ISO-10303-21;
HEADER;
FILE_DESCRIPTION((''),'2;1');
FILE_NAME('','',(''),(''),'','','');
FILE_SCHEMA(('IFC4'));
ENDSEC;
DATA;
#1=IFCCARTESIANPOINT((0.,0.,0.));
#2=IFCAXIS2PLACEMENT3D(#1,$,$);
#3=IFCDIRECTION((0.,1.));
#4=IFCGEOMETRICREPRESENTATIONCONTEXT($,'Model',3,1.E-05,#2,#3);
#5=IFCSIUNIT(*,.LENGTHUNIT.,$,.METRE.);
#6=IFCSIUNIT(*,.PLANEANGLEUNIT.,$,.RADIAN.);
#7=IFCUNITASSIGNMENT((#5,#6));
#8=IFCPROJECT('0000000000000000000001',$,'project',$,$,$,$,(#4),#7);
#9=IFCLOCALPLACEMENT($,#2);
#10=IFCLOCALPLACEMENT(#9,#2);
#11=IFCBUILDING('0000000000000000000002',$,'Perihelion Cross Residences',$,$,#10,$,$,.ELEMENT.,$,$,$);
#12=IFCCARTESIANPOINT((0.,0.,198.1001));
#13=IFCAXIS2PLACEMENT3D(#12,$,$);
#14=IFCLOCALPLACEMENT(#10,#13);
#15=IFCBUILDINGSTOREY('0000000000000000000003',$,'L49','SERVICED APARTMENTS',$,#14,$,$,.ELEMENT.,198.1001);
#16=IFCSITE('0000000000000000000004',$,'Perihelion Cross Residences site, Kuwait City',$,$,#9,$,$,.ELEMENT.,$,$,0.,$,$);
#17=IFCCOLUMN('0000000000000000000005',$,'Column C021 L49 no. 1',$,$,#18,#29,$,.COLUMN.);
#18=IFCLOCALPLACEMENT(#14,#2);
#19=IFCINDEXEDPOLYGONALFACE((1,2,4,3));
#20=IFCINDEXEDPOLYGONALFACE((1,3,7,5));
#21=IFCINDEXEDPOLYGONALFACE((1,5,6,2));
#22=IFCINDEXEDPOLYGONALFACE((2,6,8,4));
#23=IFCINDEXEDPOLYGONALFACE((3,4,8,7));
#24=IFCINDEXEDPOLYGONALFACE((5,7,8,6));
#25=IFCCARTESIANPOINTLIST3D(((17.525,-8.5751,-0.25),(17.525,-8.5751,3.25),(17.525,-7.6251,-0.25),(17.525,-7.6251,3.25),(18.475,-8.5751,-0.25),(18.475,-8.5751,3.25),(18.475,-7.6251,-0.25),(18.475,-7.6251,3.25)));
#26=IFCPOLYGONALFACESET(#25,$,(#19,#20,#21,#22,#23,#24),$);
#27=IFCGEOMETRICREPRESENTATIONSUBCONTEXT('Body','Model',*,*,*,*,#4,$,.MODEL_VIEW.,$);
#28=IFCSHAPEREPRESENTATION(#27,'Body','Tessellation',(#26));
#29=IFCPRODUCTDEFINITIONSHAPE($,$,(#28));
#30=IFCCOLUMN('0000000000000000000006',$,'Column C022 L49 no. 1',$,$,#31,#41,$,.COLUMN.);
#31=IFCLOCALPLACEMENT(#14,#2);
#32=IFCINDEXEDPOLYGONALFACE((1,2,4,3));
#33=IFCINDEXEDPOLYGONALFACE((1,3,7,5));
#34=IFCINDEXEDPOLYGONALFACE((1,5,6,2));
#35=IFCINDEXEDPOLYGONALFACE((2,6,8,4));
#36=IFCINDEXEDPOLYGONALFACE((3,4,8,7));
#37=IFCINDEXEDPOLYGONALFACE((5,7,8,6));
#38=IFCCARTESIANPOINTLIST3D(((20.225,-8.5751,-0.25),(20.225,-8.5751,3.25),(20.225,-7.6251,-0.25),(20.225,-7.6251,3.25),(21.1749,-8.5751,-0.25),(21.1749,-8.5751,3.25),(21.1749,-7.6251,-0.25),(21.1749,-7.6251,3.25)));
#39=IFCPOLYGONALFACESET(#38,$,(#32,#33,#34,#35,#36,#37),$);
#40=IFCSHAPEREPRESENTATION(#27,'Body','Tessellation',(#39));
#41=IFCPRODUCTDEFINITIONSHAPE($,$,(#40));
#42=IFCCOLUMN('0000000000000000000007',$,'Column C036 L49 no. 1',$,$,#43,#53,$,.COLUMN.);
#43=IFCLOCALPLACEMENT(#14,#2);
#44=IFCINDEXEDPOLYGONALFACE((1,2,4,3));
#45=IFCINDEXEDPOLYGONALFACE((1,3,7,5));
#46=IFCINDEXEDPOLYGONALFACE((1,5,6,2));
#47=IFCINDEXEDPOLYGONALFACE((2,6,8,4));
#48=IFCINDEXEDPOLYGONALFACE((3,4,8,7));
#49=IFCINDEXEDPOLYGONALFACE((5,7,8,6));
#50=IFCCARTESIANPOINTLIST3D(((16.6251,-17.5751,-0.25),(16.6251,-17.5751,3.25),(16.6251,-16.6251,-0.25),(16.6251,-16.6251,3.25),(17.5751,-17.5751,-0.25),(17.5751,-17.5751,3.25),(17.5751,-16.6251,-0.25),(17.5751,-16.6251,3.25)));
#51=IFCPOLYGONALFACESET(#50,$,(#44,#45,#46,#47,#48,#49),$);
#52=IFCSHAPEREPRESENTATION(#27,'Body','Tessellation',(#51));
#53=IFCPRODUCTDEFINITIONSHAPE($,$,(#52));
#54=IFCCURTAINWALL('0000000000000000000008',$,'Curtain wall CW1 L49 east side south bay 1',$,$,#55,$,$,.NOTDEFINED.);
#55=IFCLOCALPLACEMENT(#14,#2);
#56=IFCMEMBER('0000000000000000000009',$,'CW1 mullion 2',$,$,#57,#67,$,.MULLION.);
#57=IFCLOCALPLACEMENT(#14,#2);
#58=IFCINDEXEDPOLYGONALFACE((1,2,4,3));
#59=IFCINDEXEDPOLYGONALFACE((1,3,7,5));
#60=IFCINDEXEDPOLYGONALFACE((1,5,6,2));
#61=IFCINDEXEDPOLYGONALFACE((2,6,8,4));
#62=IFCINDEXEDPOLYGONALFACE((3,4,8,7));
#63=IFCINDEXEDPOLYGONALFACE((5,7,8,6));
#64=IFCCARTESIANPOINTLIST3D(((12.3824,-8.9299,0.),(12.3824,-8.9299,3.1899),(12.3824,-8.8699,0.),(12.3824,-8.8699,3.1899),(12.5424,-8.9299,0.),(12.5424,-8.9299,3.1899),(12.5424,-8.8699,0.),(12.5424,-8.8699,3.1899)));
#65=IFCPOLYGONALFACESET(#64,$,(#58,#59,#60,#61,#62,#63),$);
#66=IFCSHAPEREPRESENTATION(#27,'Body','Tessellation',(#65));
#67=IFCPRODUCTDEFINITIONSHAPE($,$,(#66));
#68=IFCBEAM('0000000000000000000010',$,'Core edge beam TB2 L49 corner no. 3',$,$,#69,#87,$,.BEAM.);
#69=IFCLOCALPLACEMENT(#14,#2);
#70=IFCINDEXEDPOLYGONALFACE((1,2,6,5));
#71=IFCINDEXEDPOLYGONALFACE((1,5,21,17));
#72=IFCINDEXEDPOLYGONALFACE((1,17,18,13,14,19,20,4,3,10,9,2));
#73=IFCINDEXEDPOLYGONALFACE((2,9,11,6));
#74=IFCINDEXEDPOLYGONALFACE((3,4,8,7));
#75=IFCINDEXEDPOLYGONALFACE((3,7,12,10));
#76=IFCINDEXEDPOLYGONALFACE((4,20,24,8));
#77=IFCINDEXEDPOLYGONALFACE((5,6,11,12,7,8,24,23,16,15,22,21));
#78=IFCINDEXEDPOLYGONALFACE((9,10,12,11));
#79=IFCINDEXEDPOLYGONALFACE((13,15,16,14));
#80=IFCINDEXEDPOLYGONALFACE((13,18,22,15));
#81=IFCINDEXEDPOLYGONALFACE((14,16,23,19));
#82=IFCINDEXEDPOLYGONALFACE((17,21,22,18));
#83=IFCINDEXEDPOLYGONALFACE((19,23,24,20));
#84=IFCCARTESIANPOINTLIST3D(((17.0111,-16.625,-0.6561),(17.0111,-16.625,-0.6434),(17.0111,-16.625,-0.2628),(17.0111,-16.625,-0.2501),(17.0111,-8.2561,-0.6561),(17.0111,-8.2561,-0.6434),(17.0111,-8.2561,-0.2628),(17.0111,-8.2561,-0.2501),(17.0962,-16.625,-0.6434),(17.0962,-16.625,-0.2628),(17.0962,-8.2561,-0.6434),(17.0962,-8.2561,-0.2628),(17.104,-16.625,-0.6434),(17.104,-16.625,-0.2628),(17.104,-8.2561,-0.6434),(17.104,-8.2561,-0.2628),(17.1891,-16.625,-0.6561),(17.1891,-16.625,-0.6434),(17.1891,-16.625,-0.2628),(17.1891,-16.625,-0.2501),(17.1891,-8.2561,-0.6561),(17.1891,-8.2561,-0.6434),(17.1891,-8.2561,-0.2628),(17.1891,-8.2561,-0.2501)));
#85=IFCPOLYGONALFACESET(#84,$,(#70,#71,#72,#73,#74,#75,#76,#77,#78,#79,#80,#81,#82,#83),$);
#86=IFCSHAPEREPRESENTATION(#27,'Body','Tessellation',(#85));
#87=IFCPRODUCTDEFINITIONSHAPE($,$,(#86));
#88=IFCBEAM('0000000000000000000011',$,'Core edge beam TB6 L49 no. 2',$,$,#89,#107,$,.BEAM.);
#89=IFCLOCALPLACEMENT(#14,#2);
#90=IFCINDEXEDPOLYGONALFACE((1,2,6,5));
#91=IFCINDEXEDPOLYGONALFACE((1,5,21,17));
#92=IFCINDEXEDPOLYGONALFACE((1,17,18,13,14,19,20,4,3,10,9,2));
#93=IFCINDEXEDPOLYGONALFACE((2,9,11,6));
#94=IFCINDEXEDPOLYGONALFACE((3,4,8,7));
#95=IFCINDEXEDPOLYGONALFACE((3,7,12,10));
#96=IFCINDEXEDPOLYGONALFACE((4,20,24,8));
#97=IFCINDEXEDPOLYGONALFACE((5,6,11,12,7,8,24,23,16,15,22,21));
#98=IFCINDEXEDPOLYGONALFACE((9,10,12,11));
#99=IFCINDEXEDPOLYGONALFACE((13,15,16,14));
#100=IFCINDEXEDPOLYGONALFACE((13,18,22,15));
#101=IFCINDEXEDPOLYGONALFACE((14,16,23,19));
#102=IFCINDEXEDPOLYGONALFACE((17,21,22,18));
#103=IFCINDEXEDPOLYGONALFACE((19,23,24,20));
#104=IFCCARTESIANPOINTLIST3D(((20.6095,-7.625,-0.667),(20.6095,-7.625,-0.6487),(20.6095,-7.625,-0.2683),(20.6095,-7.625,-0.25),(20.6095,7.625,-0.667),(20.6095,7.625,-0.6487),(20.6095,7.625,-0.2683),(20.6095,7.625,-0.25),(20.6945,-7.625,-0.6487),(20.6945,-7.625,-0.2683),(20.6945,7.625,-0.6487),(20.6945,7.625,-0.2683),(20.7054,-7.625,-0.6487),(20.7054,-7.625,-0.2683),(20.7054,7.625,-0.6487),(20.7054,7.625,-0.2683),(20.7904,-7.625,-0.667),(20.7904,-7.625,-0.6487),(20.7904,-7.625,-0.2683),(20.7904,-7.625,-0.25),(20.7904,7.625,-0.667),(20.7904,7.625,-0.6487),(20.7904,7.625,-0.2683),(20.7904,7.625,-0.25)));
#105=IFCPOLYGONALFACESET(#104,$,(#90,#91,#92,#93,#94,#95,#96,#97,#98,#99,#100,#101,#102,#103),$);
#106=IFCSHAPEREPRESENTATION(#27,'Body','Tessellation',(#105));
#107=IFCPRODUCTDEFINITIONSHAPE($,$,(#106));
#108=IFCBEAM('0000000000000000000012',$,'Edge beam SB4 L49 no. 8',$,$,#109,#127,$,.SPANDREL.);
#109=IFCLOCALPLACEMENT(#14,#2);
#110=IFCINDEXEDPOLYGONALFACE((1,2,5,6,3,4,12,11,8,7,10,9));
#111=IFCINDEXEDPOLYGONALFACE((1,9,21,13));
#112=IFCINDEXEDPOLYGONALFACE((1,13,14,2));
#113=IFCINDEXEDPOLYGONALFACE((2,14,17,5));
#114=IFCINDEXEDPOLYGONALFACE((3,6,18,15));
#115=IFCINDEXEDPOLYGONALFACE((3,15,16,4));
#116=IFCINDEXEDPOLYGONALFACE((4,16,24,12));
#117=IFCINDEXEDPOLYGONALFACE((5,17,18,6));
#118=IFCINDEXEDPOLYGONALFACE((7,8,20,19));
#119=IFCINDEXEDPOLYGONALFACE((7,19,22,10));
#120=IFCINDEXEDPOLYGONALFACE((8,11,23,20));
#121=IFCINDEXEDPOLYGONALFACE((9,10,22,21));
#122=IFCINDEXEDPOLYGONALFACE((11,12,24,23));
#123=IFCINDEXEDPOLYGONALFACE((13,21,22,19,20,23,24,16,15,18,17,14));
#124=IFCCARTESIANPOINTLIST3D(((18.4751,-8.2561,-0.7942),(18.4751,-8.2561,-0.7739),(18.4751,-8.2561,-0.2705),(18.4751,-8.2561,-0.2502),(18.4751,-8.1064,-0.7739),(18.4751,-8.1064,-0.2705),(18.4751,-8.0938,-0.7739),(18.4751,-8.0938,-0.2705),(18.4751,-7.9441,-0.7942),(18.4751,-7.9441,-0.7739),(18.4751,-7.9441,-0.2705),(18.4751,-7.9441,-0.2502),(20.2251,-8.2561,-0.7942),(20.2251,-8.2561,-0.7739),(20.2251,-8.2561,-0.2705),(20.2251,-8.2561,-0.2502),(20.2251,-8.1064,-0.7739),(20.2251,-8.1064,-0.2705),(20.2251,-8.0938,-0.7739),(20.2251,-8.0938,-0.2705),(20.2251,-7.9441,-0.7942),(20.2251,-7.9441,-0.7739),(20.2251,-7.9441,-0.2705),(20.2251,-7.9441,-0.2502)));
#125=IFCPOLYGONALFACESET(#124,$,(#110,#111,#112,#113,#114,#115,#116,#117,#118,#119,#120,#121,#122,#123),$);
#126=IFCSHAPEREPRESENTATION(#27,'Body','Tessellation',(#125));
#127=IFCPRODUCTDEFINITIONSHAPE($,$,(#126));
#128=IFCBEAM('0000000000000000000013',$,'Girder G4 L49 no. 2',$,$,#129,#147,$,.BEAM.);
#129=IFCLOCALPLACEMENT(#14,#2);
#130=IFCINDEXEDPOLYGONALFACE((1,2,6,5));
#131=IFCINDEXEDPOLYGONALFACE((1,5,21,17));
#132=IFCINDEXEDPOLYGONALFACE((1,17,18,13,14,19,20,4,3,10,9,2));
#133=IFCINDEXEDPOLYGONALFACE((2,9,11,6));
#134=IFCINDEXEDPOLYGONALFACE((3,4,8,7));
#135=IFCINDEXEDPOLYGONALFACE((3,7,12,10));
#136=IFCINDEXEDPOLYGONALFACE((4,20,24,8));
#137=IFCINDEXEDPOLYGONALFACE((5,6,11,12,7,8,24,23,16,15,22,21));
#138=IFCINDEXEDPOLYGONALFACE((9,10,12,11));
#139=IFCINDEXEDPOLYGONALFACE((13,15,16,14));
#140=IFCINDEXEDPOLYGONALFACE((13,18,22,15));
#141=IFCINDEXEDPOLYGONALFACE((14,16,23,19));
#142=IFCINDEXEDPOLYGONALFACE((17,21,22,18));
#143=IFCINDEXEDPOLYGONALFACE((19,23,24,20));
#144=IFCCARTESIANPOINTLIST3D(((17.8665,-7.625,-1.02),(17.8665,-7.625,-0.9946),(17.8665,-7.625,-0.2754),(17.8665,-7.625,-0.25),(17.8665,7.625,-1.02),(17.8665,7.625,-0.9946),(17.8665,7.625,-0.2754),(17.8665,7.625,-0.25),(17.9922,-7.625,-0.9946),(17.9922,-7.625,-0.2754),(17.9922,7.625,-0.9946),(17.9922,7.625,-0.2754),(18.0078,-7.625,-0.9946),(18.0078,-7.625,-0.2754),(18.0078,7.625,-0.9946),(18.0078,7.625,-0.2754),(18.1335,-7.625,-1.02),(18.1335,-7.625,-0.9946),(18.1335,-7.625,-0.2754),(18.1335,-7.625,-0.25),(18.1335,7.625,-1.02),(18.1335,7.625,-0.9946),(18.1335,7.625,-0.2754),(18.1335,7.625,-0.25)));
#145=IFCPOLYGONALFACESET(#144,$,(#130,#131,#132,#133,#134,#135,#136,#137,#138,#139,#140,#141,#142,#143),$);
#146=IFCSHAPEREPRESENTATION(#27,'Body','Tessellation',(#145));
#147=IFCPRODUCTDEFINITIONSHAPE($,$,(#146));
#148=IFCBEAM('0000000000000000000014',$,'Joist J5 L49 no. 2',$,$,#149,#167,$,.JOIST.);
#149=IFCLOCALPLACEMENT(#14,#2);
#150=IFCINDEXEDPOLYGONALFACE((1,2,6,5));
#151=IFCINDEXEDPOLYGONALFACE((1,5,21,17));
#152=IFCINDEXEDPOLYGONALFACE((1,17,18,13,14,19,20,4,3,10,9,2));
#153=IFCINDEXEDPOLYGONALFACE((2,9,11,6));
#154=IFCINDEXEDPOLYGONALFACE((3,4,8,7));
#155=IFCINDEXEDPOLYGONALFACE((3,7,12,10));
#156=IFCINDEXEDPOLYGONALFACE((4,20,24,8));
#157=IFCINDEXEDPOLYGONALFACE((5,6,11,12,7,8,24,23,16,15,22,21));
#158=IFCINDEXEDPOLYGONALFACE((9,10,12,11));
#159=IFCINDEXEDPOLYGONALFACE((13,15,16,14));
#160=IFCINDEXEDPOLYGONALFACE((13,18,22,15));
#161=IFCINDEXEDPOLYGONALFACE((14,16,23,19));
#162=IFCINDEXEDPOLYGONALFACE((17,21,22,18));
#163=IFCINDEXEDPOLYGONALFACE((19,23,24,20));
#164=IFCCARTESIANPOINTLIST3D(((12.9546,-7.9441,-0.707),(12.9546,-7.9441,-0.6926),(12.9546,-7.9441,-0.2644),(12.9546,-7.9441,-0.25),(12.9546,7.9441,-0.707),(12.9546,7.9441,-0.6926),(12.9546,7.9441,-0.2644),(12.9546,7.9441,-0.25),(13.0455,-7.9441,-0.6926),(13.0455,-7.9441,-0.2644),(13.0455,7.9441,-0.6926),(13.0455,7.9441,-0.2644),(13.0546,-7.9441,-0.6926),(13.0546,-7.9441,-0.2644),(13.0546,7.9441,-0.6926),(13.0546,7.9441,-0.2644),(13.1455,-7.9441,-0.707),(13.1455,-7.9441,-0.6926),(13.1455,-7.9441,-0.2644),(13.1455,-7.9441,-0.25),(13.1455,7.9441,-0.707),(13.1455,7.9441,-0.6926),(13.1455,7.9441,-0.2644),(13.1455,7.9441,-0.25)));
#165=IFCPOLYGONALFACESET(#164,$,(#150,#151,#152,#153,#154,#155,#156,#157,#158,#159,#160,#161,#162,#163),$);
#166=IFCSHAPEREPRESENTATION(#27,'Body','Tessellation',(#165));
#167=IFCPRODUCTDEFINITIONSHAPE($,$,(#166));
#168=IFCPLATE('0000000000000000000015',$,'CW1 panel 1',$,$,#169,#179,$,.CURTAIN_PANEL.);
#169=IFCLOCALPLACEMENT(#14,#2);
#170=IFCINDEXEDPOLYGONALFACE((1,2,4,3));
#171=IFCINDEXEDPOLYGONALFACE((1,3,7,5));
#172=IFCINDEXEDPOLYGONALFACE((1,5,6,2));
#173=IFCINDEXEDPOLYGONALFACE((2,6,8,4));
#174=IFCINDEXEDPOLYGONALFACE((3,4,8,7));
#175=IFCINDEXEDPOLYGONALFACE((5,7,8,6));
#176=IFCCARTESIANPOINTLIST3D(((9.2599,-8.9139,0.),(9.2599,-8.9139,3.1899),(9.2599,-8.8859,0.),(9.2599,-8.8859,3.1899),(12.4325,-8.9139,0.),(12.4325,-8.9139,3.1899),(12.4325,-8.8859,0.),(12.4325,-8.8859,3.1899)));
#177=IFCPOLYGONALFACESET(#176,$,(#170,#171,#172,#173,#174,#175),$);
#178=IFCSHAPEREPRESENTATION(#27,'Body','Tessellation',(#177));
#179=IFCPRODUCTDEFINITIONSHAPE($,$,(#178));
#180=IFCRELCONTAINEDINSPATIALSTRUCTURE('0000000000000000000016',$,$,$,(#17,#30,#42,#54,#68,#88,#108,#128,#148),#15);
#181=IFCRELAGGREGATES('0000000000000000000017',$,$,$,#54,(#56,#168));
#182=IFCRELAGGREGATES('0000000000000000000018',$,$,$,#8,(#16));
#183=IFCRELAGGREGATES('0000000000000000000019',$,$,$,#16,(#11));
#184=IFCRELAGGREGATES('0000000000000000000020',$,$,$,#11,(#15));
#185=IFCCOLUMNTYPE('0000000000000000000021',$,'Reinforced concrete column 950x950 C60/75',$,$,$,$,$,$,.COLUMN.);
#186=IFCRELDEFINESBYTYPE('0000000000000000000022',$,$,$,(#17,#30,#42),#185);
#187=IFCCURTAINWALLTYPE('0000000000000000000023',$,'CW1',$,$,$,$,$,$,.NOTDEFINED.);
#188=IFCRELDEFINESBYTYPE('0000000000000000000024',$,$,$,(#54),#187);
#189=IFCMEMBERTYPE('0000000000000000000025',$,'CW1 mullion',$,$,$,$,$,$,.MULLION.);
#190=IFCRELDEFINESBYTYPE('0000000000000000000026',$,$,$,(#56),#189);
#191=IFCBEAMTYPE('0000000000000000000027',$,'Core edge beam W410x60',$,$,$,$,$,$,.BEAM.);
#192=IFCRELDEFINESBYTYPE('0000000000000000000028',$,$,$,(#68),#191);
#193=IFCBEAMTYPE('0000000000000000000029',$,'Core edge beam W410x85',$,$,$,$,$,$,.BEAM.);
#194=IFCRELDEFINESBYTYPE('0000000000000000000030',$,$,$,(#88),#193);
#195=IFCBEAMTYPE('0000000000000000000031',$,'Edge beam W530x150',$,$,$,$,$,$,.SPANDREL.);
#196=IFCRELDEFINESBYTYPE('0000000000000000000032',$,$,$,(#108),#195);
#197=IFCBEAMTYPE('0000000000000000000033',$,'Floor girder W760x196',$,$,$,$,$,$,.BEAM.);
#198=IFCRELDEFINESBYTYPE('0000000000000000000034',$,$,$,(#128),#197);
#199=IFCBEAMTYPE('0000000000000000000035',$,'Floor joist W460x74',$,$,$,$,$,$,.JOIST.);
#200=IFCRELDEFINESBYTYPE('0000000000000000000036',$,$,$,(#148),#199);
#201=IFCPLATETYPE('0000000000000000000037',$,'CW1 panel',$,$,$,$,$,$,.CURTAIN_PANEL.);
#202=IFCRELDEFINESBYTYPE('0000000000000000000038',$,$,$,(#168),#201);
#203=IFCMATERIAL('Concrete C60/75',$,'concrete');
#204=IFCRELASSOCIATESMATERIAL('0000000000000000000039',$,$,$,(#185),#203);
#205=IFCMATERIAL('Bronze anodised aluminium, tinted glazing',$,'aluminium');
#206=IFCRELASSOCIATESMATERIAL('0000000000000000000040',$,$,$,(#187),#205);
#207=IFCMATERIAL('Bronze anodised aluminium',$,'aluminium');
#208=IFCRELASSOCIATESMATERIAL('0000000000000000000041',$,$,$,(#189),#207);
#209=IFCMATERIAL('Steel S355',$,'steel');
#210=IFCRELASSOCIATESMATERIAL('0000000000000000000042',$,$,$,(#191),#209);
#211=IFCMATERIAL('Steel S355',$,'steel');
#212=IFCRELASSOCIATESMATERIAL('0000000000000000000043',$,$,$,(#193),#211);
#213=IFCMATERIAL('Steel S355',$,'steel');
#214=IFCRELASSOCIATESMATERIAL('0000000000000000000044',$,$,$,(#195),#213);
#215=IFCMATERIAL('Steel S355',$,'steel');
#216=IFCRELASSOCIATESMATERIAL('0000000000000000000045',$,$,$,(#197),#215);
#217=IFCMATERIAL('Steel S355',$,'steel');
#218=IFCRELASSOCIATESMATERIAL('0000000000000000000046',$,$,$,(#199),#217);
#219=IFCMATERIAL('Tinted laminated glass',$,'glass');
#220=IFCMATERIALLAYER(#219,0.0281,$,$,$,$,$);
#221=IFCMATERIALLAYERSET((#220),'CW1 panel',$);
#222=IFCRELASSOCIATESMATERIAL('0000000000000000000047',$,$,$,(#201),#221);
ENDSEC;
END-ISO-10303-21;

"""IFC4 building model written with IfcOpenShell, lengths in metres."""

from ifc_helpers import new_model, si_unit, direction, frame, origin, origin_2d, place, context, subcontext, project, spatial, rectangle, i_section, extrude, material, layer, layer_set, material_profile, profile_set, type_object, element, aggregate, save


model = new_model("IFC4")

# Units and contexts
model_context = context("Model", 3, precision=1e-05, world=origin(), true_north=direction((0.0, 1.0)))
body_context = subcontext(model_context, "Body", "Model", "MODEL_VIEW")
ifc_project = project(units=[si_unit("LENGTHUNIT", "METRE"), si_unit("PLANEANGLEUNIT", "RADIAN")], contexts=[model_context])

# Site, building, storey
site_placement = place(None, origin())
site = spatial("IfcSite", under=ifc_project, at=site_placement, Name="Perihelion Cross Residences site, Kuwait City", CompositionType="ELEMENT", RefElevation=0.0)
building_placement = place(site_placement, origin())
building = spatial("IfcBuilding", under=site, at=building_placement, Name="Perihelion Cross Residences", CompositionType="ELEMENT")
storey_placement = place(building_placement, frame((0.0, 0.0, 198.1001)))
storey = spatial("IfcBuildingStorey", under=building, at=storey_placement, Name="L49", Description="SERVICED APARTMENTS", CompositionType="ELEMENT", Elevation=198.1001)

# Columns
ifc_material_1 = material(Name="Concrete C60/75", Category="concrete")
ifc_material_profile_1 = material_profile(ifc_material_1, rectangle(XDim=0.95, YDim=0.95, at=origin_2d()), Name="RC 950x950")
ifc_profile_set_1 = profile_set([ifc_material_profile_1], Name="Concrete C60/75")
column_type = type_object("IfcColumnType", Name="Reinforced concrete column 950x950 C60/75", PredefinedType="COLUMN", material=ifc_profile_set_1)
for number, where, z_axis, x_axis, name in (
    (1, (18.0, -8.1001, -0.25), (0.0, 0.0, 1.0), (1.0, 0.0, 0.0), "Column C021 L49 no. 1"),
    (2, (20.7, -8.1001, -0.25), (0.0, 0.0, 1.0), (1.0, 0.0, 0.0), "Column C022 L49 no. 1"),
    (3, (17.1001, -17.1001, -0.25), (0.0, 0.0, 1.0), (1.0, 0.0, 0.0), "Column C036 L49 no. 1"),
):
    element("IfcColumn", number, at=place(storey_placement, frame(where, z_axis=z_axis, x_axis=x_axis)), inside=storey, type_object=column_type, Name=name, PredefinedType="COLUMN", context=body_context, shape_type="SweptSolid", body=[
        extrude(rectangle(XDim=0.95, YDim=0.95, at=origin_2d()), origin(), (0.0, 0.0, 1.0), 3.5),
    ])

# Curtain wall, member
ifc_material_2 = material(Name="Bronze anodised aluminium, tinted glazing", Category="aluminium")
curtain_wall_type = type_object("IfcCurtainWallType", Name="CW1", PredefinedType="NOTDEFINED", material=ifc_material_2)
curtain_wall_placement = place(storey_placement, origin())
curtain_wall = element("IfcCurtainWall", 4, at=curtain_wall_placement, inside=storey, type_object=curtain_wall_type, Name="Curtain wall CW1 L49 east side south bay 1", PredefinedType="NOTDEFINED")
ifc_material_3 = material(Name="Bronze anodised aluminium", Category="aluminium")
ifc_material_profile_2 = material_profile(ifc_material_3, rectangle(XDim=0.0601, YDim=0.1599, at=origin_2d()), Name="CW1 mullion")
ifc_profile_set_2 = profile_set([ifc_material_profile_2], Name="Bronze anodised aluminium")
member_type = type_object("IfcMemberType", Name="CW1 mullion", PredefinedType="MULLION", material=ifc_profile_set_2)
member_placement = place(storey_placement, frame((12.4624, -8.8999, 0.0), z_axis=(0.0, 0.0, 1.0), x_axis=(0.0, 1.0, 0.0)))
member = element("IfcMember", 5, at=member_placement, type_object=member_type, Name="CW1 mullion 2", PredefinedType="MULLION", context=body_context, shape_type="SweptSolid", body=[
    extrude(rectangle(XDim=0.0601, YDim=0.1599, at=origin_2d()), origin(), (0.0, 0.0, 1.0), 3.1899),
])

# Beams
ifc_material_4 = material(Name="Steel S355", Category="steel")
ifc_material_profile_3 = material_profile(ifc_material_4, i_section(OverallWidth=0.178, OverallDepth=0.406, WebThickness=0.0078, FlangeThickness=0.0127, at=origin_2d()), Name="W410x60")
ifc_profile_set_3 = profile_set([ifc_material_profile_3], Name="Steel S355")
beam_type_1 = type_object("IfcBeamType", Name="Core edge beam W410x60", PredefinedType="BEAM", material=ifc_profile_set_3)
beam_1_placement = place(storey_placement, frame((17.1001, -8.2561, -0.4531), z_axis=(0.0, -1.0, 0.0), x_axis=(1.0, 0.0, 0.0)))
element("IfcBeam", 6, at=beam_1_placement, inside=storey, type_object=beam_type_1, Name="Core edge beam TB2 L49 corner no. 3", PredefinedType="BEAM", context=body_context, shape_type="SweptSolid", body=[
    extrude(i_section(OverallWidth=0.178, OverallDepth=0.406, WebThickness=0.0078, FlangeThickness=0.0127, at=origin_2d()), origin(), (0.0, 0.0, 1.0), 8.3689),
])
ifc_material_5 = material(Name="Steel S355", Category="steel")
ifc_material_profile_4 = material_profile(ifc_material_5, i_section(OverallWidth=0.1809, OverallDepth=0.417, WebThickness=0.011, FlangeThickness=0.0183, at=origin_2d()), Name="W410x85")
ifc_profile_set_4 = profile_set([ifc_material_profile_4], Name="Steel S355")
beam_type_2 = type_object("IfcBeamType", Name="Core edge beam W410x85", PredefinedType="BEAM", material=ifc_profile_set_4)
beam_2_placement = place(storey_placement, frame((20.7, -7.625, -0.4585), z_axis=(0.0, 1.0, 0.0), x_axis=(-1.0, 0.0, 0.0)))
element("IfcBeam", 7, at=beam_2_placement, inside=storey, type_object=beam_type_2, Name="Core edge beam TB6 L49 no. 2", PredefinedType="BEAM", context=body_context, shape_type="SweptSolid", body=[
    extrude(i_section(OverallWidth=0.1809, OverallDepth=0.417, WebThickness=0.011, FlangeThickness=0.0183, at=origin_2d()), origin(), (0.0, 0.0, 1.0), 15.25),
])
ifc_material_6 = material(Name="Steel S355", Category="steel")
ifc_material_profile_5 = material_profile(ifc_material_6, i_section(OverallWidth=0.312, OverallDepth=0.5439, WebThickness=0.0127, FlangeThickness=0.0203, at=origin_2d()), Name="W530x150")
ifc_profile_set_5 = profile_set([ifc_material_profile_5], Name="Steel S355")
beam_type_3 = type_object("IfcBeamType", Name="Edge beam W530x150", PredefinedType="SPANDREL", material=ifc_profile_set_5)
beam_3_placement = place(storey_placement, frame((18.4751, -8.1001, -0.5222), z_axis=(1.0, 0.0, 0.0), x_axis=(0.0, 1.0, 0.0)))
element("IfcBeam", 8, at=beam_3_placement, inside=storey, type_object=beam_type_3, Name="Edge beam SB4 L49 no. 8", PredefinedType="SPANDREL", context=body_context, shape_type="SweptSolid", body=[
    extrude(i_section(OverallWidth=0.312, OverallDepth=0.5439, WebThickness=0.0127, FlangeThickness=0.0203, at=origin_2d()), origin(), (0.0, 0.0, 1.0), 1.75),
])
ifc_material_7 = material(Name="Steel S355", Category="steel")
ifc_material_profile_6 = material_profile(ifc_material_7, i_section(OverallWidth=0.2671, OverallDepth=0.77, WebThickness=0.0156, FlangeThickness=0.0254, at=origin_2d()), Name="W760x196")
ifc_profile_set_6 = profile_set([ifc_material_profile_6], Name="Steel S355")
beam_type_4 = type_object("IfcBeamType", Name="Floor girder W760x196", PredefinedType="BEAM", material=ifc_profile_set_6)
beam_4_placement = place(storey_placement, frame((18.0, -7.625, -0.635), z_axis=(0.0, 1.0, 0.0), x_axis=(-1.0, 0.0, 0.0)))
element("IfcBeam", 9, at=beam_4_placement, inside=storey, type_object=beam_type_4, Name="Girder G4 L49 no. 2", PredefinedType="BEAM", context=body_context, shape_type="SweptSolid", body=[
    extrude(i_section(OverallWidth=0.2671, OverallDepth=0.77, WebThickness=0.0156, FlangeThickness=0.0254, at=origin_2d()), origin(), (0.0, 0.0, 1.0), 15.25),
])
ifc_material_8 = material(Name="Steel S355", Category="steel")
ifc_material_profile_7 = material_profile(ifc_material_8, i_section(OverallWidth=0.1909, OverallDepth=0.457, WebThickness=0.009, FlangeThickness=0.0144, at=origin_2d()), Name="W460x74")
ifc_profile_set_7 = profile_set([ifc_material_profile_7], Name="Steel S355")
beam_type_5 = type_object("IfcBeamType", Name="Floor joist W460x74", PredefinedType="JOIST", material=ifc_profile_set_7)
beam_5_placement = place(storey_placement, frame((13.05, -7.9441, -0.4785), z_axis=(0.0, 1.0, 0.0), x_axis=(-1.0, 0.0, 0.0)))
element("IfcBeam", 10, at=beam_5_placement, inside=storey, type_object=beam_type_5, Name="Joist J5 L49 no. 2", PredefinedType="JOIST", context=body_context, shape_type="SweptSolid", body=[
    extrude(i_section(OverallWidth=0.1909, OverallDepth=0.457, WebThickness=0.009, FlangeThickness=0.0144, at=origin_2d()), origin(), (0.0, 0.0, 1.0), 15.8882),
])

# Plate
ifc_material_9 = material(Name="Tinted laminated glass", Category="glass")
ifc_layer_1 = layer(ifc_material_9, 0.0281)
ifc_layer_set_1 = layer_set([ifc_layer_1], Name="CW1 panel")
plate_type = type_object("IfcPlateType", Name="CW1 panel", PredefinedType="CURTAIN_PANEL", material=ifc_layer_set_1)
plate_1_placement = place(storey_placement, frame((10.8462, -8.8999, 0.0), z_axis=(0.0, 0.0, 1.0), x_axis=(1.0, 0.0, 0.0)))
plate_1 = element("IfcPlate", 11, at=plate_1_placement, type_object=plate_type, Name="CW1 panel 1", PredefinedType="CURTAIN_PANEL", context=body_context, shape_type="SweptSolid", body=[
    extrude(rectangle(XDim=3.1726, YDim=0.0281, at=origin_2d()), origin(), (0.0, 0.0, 1.0), 3.1899),
])
aggregate(curtain_wall, [member, plate_1])

save(model, "model.ifc")
